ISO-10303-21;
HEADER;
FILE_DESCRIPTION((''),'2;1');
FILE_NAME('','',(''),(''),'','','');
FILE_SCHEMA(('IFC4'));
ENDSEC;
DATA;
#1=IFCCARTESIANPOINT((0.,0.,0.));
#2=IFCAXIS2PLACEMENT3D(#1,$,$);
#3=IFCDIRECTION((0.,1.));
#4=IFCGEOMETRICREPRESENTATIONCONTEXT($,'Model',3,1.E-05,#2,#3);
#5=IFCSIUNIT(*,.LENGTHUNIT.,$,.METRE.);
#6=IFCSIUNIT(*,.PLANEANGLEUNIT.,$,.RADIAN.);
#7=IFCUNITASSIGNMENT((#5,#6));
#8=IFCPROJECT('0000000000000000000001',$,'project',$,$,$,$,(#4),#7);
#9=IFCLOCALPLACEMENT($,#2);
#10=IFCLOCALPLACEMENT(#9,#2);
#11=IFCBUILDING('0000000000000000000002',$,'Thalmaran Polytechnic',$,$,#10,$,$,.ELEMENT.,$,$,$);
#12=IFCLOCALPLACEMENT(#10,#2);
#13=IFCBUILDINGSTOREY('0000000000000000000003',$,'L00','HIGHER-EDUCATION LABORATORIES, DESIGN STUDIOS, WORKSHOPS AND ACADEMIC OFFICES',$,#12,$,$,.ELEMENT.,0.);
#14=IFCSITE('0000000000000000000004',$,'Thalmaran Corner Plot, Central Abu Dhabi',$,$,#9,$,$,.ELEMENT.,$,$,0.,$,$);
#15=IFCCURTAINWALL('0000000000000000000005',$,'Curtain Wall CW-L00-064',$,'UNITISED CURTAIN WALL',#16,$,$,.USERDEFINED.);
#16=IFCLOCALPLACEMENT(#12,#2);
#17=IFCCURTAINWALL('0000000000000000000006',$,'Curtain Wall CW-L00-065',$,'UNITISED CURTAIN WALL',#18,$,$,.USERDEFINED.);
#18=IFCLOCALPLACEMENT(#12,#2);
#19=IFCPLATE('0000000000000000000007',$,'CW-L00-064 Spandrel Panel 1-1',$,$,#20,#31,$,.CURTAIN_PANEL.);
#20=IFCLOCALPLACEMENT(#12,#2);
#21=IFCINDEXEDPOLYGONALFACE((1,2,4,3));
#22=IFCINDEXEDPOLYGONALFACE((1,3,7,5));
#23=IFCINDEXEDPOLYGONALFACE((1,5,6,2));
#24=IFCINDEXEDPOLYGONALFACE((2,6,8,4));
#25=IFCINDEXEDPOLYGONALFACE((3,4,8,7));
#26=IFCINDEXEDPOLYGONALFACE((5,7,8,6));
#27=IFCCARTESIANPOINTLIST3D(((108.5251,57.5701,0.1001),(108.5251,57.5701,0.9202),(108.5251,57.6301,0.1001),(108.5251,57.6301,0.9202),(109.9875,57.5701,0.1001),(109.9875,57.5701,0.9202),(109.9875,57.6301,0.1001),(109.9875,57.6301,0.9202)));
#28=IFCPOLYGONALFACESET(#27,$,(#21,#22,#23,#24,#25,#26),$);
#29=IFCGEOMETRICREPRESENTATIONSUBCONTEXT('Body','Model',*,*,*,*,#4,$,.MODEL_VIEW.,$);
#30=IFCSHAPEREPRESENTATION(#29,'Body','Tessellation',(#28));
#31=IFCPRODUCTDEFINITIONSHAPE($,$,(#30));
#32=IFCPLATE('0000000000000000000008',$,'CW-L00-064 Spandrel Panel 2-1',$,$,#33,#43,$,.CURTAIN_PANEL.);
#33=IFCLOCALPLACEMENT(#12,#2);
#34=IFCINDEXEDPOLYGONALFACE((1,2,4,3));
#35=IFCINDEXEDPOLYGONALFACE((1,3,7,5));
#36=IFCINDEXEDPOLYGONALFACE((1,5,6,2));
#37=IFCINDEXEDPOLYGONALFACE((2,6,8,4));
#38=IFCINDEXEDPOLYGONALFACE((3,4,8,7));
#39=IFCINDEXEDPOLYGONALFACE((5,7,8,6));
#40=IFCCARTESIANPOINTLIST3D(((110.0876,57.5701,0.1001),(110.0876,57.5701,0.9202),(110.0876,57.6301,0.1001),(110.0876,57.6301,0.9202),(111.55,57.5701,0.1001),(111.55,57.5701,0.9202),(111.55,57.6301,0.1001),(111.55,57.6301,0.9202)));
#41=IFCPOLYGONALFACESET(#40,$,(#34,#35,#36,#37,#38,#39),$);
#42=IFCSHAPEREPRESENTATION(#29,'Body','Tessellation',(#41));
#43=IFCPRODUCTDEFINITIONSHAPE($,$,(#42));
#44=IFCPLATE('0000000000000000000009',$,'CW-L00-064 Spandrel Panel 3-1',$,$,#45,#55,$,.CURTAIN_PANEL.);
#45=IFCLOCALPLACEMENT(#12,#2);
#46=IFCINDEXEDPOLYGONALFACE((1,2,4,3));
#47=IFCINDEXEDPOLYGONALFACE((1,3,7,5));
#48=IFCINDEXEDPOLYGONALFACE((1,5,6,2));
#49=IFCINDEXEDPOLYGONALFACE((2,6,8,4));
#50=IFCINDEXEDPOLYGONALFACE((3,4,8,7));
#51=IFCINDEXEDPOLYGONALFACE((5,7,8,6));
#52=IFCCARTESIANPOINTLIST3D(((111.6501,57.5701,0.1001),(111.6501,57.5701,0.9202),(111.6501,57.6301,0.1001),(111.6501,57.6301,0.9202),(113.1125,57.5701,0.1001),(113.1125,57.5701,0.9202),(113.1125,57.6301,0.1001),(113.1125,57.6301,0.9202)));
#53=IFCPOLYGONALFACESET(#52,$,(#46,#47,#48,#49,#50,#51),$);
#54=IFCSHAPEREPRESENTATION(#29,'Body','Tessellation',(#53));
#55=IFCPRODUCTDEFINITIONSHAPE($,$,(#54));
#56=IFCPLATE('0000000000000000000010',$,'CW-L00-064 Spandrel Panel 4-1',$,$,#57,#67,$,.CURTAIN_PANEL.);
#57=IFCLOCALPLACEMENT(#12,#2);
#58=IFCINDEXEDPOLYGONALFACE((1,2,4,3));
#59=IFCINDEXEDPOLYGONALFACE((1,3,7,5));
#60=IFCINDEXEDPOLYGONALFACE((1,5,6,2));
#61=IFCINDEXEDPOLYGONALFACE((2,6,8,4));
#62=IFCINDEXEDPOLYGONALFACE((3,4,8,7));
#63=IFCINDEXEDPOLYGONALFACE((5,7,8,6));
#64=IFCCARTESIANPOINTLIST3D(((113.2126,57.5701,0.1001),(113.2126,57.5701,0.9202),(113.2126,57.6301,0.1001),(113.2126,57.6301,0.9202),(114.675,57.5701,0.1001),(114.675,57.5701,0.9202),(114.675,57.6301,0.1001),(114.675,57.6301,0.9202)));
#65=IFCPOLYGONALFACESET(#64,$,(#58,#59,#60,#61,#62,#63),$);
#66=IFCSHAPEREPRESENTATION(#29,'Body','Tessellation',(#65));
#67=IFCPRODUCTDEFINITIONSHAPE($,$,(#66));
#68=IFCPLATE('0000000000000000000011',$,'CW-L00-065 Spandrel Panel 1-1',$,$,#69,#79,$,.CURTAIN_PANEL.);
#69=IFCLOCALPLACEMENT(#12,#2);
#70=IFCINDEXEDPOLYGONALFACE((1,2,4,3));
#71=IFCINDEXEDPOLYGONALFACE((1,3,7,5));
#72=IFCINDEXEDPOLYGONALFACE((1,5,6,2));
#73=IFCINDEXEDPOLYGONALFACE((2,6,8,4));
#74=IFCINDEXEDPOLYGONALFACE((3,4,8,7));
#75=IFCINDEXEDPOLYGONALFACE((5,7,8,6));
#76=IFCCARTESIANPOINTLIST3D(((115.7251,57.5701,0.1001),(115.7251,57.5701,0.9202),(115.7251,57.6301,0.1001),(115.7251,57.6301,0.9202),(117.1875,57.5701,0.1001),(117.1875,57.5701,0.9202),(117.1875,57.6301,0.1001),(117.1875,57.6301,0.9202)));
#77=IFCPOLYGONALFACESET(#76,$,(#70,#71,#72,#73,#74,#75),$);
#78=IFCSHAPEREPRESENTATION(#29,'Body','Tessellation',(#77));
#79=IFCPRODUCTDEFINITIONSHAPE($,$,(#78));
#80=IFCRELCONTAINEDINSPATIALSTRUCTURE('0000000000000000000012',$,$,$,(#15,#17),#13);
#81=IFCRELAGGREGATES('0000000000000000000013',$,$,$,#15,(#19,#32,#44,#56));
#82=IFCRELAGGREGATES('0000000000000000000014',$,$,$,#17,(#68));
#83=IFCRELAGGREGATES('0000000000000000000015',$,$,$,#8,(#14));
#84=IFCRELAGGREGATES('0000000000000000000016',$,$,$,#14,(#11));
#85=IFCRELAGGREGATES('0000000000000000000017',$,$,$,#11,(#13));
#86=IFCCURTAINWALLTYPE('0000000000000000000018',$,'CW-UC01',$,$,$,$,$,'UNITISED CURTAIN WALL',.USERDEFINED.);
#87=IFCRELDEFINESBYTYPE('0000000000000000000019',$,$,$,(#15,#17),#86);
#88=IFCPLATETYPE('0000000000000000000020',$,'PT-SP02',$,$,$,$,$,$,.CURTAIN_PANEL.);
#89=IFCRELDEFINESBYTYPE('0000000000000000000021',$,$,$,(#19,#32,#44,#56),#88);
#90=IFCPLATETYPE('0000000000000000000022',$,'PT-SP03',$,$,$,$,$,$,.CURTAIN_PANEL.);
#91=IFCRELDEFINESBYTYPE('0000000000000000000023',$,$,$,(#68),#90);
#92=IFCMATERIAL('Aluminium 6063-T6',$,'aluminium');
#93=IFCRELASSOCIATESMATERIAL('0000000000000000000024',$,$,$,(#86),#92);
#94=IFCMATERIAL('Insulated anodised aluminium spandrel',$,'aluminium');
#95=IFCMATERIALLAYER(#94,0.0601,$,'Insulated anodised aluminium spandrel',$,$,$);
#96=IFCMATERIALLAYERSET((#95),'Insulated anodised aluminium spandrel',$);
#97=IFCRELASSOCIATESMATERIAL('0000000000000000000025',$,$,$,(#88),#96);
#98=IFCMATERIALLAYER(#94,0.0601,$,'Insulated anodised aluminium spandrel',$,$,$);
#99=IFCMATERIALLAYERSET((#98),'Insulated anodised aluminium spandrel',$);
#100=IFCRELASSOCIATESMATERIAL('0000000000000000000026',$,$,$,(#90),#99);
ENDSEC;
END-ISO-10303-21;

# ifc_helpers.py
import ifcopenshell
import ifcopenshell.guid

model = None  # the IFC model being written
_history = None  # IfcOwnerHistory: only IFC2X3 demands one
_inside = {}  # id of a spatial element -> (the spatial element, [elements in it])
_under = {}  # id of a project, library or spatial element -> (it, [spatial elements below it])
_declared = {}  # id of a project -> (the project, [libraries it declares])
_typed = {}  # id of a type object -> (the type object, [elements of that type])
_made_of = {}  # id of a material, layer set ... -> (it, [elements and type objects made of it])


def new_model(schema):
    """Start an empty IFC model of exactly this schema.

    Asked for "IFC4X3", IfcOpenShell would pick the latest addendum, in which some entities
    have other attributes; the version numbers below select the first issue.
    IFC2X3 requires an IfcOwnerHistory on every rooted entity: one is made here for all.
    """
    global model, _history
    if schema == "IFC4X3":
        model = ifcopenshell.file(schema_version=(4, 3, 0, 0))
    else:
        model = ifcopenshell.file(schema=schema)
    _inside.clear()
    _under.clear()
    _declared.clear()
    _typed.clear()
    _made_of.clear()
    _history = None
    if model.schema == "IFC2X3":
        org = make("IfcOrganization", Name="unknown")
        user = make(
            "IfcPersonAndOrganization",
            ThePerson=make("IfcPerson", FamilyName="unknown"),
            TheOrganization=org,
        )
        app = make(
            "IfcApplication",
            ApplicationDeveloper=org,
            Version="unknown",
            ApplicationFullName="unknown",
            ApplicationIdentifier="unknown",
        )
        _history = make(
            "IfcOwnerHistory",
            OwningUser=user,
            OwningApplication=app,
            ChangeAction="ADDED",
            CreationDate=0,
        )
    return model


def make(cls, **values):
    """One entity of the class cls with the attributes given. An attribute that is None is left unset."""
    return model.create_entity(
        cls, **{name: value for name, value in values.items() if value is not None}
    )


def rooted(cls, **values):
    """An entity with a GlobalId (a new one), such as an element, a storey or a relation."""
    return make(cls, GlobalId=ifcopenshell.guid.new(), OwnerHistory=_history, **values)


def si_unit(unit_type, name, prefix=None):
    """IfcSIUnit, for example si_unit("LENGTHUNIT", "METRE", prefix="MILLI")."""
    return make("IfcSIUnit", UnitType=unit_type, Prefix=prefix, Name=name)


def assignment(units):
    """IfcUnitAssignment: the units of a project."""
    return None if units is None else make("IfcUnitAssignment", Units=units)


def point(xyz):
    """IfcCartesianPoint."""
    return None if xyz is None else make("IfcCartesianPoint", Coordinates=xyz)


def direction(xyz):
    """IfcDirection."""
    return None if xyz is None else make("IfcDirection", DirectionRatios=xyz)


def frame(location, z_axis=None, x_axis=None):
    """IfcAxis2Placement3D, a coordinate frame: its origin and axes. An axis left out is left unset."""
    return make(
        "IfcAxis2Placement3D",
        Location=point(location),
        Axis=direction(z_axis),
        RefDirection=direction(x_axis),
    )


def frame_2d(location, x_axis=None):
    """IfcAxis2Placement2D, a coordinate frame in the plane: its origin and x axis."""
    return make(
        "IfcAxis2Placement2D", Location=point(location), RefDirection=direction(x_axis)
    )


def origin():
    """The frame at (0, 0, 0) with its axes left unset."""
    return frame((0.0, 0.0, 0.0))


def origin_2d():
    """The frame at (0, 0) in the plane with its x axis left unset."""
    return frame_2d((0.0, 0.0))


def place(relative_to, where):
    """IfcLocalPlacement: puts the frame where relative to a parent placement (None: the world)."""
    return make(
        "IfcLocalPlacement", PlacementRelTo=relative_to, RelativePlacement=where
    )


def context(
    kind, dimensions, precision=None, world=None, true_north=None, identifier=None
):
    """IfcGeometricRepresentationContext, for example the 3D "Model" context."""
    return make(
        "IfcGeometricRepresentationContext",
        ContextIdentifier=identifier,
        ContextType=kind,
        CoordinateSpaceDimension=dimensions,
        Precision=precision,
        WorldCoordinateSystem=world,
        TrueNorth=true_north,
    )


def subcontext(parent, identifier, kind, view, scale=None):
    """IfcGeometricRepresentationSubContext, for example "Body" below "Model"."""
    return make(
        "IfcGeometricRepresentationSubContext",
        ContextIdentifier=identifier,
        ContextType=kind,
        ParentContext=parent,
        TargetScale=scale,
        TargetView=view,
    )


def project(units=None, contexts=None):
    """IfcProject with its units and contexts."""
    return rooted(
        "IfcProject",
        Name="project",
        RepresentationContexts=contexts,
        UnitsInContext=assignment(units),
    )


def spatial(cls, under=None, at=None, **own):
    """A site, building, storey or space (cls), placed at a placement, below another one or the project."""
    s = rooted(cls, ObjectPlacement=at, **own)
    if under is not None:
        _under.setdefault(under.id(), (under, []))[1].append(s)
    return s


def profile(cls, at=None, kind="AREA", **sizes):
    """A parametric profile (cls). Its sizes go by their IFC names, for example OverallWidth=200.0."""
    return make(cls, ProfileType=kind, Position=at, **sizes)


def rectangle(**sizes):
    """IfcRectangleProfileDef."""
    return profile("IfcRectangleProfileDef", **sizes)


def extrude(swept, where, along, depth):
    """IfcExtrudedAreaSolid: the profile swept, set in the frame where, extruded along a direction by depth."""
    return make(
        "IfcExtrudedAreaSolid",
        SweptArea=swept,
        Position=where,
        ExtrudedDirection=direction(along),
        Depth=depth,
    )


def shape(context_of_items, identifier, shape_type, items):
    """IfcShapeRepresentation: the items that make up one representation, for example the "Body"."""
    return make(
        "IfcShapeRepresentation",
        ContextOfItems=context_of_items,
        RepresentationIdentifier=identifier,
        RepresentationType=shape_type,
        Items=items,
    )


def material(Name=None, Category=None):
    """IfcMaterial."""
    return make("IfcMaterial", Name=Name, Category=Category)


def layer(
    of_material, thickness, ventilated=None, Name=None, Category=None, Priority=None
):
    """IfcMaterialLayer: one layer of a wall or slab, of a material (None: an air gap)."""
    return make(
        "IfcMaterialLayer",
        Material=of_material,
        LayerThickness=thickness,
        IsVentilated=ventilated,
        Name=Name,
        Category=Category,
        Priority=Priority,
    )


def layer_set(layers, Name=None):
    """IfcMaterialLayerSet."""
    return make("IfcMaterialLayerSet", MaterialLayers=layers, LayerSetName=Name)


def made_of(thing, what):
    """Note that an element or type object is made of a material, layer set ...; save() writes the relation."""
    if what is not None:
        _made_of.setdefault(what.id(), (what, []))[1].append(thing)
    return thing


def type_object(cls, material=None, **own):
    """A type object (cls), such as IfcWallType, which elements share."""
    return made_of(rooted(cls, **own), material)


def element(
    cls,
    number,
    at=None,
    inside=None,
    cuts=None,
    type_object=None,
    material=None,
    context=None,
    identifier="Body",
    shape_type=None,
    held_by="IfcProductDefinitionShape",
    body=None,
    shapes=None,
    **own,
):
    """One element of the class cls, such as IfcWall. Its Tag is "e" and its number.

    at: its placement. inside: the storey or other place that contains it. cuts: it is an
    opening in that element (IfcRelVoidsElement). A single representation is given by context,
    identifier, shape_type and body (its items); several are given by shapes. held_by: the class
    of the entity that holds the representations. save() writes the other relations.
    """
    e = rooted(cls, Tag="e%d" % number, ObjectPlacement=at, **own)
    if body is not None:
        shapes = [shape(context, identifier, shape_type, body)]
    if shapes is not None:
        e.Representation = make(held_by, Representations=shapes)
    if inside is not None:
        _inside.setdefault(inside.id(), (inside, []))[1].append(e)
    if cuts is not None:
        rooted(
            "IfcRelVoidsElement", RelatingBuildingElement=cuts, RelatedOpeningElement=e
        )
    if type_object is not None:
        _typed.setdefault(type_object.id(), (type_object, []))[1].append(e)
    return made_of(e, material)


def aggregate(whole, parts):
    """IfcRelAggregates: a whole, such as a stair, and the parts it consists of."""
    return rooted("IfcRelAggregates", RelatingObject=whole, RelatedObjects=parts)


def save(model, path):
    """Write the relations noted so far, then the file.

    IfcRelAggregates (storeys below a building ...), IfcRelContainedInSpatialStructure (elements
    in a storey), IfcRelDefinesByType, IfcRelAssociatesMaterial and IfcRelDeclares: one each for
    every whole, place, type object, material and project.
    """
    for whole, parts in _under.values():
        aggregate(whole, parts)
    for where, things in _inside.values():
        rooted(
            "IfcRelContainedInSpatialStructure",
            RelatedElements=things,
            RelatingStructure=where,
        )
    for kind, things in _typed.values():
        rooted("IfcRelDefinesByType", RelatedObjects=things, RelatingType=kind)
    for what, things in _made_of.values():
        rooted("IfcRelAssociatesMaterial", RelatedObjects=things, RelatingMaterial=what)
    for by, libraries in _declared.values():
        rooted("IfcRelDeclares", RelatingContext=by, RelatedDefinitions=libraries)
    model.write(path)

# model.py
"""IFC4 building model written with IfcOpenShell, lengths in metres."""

from ifc_helpers import new_model, si_unit, direction, frame, origin, origin_2d, place, context, subcontext, project, spatial, rectangle, extrude, material, layer, layer_set, type_object, element, aggregate, save


model = new_model("IFC4")

# Units and contexts
model_context = context("Model", 3, precision=1e-05, world=origin(), true_north=direction((0.0, 1.0)))
body_context = subcontext(model_context, "Body", "Model", "MODEL_VIEW")
ifc_project = project(units=[si_unit("LENGTHUNIT", "METRE"), si_unit("PLANEANGLEUNIT", "RADIAN")], contexts=[model_context])

# Site, building, storey
site_placement = place(None, origin())
site = spatial("IfcSite", under=ifc_project, at=site_placement, Name="Thalmaran Corner Plot, Central Abu Dhabi", CompositionType="ELEMENT", RefElevation=0.0)
building_placement = place(site_placement, origin())
building = spatial("IfcBuilding", under=site, at=building_placement, Name="Thalmaran Polytechnic", CompositionType="ELEMENT")
storey_placement = place(building_placement, origin())
storey = spatial("IfcBuildingStorey", under=building, at=storey_placement, Name="L00", Description="HIGHER-EDUCATION LABORATORIES, DESIGN STUDIOS, WORKSHOPS AND ACADEMIC OFFICES", CompositionType="ELEMENT", Elevation=0.0)

# Curtain wall
ifc_material_1 = material(Name="Aluminium 6063-T6", Category="aluminium")
curtain_wall_type = type_object("IfcCurtainWallType", Name="CW-UC01", ElementType="UNITISED CURTAIN WALL", PredefinedType="USERDEFINED", material=ifc_material_1)
curtain_wall_1_placement = place(storey_placement, origin())
curtain_wall_1 = element("IfcCurtainWall", 1, at=curtain_wall_1_placement, inside=storey, type_object=curtain_wall_type, Name="Curtain Wall CW-L00-064", ObjectType="UNITISED CURTAIN WALL", PredefinedType="USERDEFINED")

# Curtain wall
curtain_wall_2_placement = place(storey_placement, origin())
curtain_wall_2 = element("IfcCurtainWall", 2, at=curtain_wall_2_placement, inside=storey, type_object=curtain_wall_type, Name="Curtain Wall CW-L00-065", ObjectType="UNITISED CURTAIN WALL", PredefinedType="USERDEFINED")

# Plates
ifc_material_2 = material(Name="Insulated anodised aluminium spandrel", Category="aluminium")
ifc_layer_1 = layer(ifc_material_2, 0.0601, Name="Insulated anodised aluminium spandrel")
ifc_layer_set_1 = layer_set([ifc_layer_1], Name="Insulated anodised aluminium spandrel")
plate_type_1 = type_object("IfcPlateType", Name="PT-SP02", PredefinedType="CURTAIN_PANEL", material=ifc_layer_set_1)
plate_1_placement = place(storey_placement, frame((109.2563, 57.6001, 0.1001), z_axis=(0.0, 0.0, 1.0), x_axis=(1.0, 0.0, 0.0)))
plate_1 = element("IfcPlate", 3, at=plate_1_placement, type_object=plate_type_1, Name="CW-L00-064 Spandrel Panel 1-1", PredefinedType="CURTAIN_PANEL", context=body_context, shape_type="SweptSolid", body=[
    extrude(rectangle(XDim=1.4624, YDim=0.0601, at=origin_2d()), origin(), (0.0, 0.0, 1.0), 0.8201),
])
plate_2_placement = place(storey_placement, frame((110.8188, 57.6001, 0.1001), z_axis=(0.0, 0.0, 1.0), x_axis=(1.0, 0.0, 0.0)))
plate_2 = element("IfcPlate", 4, at=plate_2_placement, type_object=plate_type_1, Name="CW-L00-064 Spandrel Panel 2-1", PredefinedType="CURTAIN_PANEL", context=body_context, shape_type="SweptSolid", body=[
    extrude(rectangle(XDim=1.4624, YDim=0.0601, at=origin_2d()), origin(), (0.0, 0.0, 1.0), 0.8201),
])
plate_3_placement = place(storey_placement, frame((112.3813, 57.6001, 0.1001), z_axis=(0.0, 0.0, 1.0), x_axis=(1.0, 0.0, 0.0)))
plate_3 = element("IfcPlate", 5, at=plate_3_placement, type_object=plate_type_1, Name="CW-L00-064 Spandrel Panel 3-1", PredefinedType="CURTAIN_PANEL", context=body_context, shape_type="SweptSolid", body=[
    extrude(rectangle(XDim=1.4624, YDim=0.0601, at=origin_2d()), origin(), (0.0, 0.0, 1.0), 0.8201),
])
plate_4_placement = place(storey_placement, frame((113.9438, 57.6001, 0.1001), z_axis=(0.0, 0.0, 1.0), x_axis=(1.0, 0.0, 0.0)))
plate_4 = element("IfcPlate", 6, at=plate_4_placement, type_object=plate_type_1, Name="CW-L00-064 Spandrel Panel 4-1", PredefinedType="CURTAIN_PANEL", context=body_context, shape_type="SweptSolid", body=[
    extrude(rectangle(XDim=1.4624, YDim=0.0601, at=origin_2d()), origin(), (0.0, 0.0, 1.0), 0.8201),
])
aggregate(curtain_wall_1, [plate_1, plate_2, plate_3, plate_4])
ifc_layer_2 = layer(ifc_material_2, 0.0601, Name="Insulated anodised aluminium spandrel")
ifc_layer_set_2 = layer_set([ifc_layer_2], Name="Insulated anodised aluminium spandrel")
plate_type_2 = type_object("IfcPlateType", Name="PT-SP03", PredefinedType="CURTAIN_PANEL", material=ifc_layer_set_2)
plate_5_placement = place(storey_placement, frame((116.4563, 57.6001, 0.1001), z_axis=(0.0, 0.0, 1.0), x_axis=(1.0, 0.0, 0.0)))
plate_5 = element("IfcPlate", 7, at=plate_5_placement, type_object=plate_type_2, Name="CW-L00-065 Spandrel Panel 1-1", PredefinedType="CURTAIN_PANEL", context=body_context, shape_type="SweptSolid", body=[
    extrude(rectangle(XDim=1.4624, YDim=0.0601, at=origin_2d()), origin(), (0.0, 0.0, 1.0), 0.8201),
])
aggregate(curtain_wall_2, [plate_5])

save(model, "model.ifc")
